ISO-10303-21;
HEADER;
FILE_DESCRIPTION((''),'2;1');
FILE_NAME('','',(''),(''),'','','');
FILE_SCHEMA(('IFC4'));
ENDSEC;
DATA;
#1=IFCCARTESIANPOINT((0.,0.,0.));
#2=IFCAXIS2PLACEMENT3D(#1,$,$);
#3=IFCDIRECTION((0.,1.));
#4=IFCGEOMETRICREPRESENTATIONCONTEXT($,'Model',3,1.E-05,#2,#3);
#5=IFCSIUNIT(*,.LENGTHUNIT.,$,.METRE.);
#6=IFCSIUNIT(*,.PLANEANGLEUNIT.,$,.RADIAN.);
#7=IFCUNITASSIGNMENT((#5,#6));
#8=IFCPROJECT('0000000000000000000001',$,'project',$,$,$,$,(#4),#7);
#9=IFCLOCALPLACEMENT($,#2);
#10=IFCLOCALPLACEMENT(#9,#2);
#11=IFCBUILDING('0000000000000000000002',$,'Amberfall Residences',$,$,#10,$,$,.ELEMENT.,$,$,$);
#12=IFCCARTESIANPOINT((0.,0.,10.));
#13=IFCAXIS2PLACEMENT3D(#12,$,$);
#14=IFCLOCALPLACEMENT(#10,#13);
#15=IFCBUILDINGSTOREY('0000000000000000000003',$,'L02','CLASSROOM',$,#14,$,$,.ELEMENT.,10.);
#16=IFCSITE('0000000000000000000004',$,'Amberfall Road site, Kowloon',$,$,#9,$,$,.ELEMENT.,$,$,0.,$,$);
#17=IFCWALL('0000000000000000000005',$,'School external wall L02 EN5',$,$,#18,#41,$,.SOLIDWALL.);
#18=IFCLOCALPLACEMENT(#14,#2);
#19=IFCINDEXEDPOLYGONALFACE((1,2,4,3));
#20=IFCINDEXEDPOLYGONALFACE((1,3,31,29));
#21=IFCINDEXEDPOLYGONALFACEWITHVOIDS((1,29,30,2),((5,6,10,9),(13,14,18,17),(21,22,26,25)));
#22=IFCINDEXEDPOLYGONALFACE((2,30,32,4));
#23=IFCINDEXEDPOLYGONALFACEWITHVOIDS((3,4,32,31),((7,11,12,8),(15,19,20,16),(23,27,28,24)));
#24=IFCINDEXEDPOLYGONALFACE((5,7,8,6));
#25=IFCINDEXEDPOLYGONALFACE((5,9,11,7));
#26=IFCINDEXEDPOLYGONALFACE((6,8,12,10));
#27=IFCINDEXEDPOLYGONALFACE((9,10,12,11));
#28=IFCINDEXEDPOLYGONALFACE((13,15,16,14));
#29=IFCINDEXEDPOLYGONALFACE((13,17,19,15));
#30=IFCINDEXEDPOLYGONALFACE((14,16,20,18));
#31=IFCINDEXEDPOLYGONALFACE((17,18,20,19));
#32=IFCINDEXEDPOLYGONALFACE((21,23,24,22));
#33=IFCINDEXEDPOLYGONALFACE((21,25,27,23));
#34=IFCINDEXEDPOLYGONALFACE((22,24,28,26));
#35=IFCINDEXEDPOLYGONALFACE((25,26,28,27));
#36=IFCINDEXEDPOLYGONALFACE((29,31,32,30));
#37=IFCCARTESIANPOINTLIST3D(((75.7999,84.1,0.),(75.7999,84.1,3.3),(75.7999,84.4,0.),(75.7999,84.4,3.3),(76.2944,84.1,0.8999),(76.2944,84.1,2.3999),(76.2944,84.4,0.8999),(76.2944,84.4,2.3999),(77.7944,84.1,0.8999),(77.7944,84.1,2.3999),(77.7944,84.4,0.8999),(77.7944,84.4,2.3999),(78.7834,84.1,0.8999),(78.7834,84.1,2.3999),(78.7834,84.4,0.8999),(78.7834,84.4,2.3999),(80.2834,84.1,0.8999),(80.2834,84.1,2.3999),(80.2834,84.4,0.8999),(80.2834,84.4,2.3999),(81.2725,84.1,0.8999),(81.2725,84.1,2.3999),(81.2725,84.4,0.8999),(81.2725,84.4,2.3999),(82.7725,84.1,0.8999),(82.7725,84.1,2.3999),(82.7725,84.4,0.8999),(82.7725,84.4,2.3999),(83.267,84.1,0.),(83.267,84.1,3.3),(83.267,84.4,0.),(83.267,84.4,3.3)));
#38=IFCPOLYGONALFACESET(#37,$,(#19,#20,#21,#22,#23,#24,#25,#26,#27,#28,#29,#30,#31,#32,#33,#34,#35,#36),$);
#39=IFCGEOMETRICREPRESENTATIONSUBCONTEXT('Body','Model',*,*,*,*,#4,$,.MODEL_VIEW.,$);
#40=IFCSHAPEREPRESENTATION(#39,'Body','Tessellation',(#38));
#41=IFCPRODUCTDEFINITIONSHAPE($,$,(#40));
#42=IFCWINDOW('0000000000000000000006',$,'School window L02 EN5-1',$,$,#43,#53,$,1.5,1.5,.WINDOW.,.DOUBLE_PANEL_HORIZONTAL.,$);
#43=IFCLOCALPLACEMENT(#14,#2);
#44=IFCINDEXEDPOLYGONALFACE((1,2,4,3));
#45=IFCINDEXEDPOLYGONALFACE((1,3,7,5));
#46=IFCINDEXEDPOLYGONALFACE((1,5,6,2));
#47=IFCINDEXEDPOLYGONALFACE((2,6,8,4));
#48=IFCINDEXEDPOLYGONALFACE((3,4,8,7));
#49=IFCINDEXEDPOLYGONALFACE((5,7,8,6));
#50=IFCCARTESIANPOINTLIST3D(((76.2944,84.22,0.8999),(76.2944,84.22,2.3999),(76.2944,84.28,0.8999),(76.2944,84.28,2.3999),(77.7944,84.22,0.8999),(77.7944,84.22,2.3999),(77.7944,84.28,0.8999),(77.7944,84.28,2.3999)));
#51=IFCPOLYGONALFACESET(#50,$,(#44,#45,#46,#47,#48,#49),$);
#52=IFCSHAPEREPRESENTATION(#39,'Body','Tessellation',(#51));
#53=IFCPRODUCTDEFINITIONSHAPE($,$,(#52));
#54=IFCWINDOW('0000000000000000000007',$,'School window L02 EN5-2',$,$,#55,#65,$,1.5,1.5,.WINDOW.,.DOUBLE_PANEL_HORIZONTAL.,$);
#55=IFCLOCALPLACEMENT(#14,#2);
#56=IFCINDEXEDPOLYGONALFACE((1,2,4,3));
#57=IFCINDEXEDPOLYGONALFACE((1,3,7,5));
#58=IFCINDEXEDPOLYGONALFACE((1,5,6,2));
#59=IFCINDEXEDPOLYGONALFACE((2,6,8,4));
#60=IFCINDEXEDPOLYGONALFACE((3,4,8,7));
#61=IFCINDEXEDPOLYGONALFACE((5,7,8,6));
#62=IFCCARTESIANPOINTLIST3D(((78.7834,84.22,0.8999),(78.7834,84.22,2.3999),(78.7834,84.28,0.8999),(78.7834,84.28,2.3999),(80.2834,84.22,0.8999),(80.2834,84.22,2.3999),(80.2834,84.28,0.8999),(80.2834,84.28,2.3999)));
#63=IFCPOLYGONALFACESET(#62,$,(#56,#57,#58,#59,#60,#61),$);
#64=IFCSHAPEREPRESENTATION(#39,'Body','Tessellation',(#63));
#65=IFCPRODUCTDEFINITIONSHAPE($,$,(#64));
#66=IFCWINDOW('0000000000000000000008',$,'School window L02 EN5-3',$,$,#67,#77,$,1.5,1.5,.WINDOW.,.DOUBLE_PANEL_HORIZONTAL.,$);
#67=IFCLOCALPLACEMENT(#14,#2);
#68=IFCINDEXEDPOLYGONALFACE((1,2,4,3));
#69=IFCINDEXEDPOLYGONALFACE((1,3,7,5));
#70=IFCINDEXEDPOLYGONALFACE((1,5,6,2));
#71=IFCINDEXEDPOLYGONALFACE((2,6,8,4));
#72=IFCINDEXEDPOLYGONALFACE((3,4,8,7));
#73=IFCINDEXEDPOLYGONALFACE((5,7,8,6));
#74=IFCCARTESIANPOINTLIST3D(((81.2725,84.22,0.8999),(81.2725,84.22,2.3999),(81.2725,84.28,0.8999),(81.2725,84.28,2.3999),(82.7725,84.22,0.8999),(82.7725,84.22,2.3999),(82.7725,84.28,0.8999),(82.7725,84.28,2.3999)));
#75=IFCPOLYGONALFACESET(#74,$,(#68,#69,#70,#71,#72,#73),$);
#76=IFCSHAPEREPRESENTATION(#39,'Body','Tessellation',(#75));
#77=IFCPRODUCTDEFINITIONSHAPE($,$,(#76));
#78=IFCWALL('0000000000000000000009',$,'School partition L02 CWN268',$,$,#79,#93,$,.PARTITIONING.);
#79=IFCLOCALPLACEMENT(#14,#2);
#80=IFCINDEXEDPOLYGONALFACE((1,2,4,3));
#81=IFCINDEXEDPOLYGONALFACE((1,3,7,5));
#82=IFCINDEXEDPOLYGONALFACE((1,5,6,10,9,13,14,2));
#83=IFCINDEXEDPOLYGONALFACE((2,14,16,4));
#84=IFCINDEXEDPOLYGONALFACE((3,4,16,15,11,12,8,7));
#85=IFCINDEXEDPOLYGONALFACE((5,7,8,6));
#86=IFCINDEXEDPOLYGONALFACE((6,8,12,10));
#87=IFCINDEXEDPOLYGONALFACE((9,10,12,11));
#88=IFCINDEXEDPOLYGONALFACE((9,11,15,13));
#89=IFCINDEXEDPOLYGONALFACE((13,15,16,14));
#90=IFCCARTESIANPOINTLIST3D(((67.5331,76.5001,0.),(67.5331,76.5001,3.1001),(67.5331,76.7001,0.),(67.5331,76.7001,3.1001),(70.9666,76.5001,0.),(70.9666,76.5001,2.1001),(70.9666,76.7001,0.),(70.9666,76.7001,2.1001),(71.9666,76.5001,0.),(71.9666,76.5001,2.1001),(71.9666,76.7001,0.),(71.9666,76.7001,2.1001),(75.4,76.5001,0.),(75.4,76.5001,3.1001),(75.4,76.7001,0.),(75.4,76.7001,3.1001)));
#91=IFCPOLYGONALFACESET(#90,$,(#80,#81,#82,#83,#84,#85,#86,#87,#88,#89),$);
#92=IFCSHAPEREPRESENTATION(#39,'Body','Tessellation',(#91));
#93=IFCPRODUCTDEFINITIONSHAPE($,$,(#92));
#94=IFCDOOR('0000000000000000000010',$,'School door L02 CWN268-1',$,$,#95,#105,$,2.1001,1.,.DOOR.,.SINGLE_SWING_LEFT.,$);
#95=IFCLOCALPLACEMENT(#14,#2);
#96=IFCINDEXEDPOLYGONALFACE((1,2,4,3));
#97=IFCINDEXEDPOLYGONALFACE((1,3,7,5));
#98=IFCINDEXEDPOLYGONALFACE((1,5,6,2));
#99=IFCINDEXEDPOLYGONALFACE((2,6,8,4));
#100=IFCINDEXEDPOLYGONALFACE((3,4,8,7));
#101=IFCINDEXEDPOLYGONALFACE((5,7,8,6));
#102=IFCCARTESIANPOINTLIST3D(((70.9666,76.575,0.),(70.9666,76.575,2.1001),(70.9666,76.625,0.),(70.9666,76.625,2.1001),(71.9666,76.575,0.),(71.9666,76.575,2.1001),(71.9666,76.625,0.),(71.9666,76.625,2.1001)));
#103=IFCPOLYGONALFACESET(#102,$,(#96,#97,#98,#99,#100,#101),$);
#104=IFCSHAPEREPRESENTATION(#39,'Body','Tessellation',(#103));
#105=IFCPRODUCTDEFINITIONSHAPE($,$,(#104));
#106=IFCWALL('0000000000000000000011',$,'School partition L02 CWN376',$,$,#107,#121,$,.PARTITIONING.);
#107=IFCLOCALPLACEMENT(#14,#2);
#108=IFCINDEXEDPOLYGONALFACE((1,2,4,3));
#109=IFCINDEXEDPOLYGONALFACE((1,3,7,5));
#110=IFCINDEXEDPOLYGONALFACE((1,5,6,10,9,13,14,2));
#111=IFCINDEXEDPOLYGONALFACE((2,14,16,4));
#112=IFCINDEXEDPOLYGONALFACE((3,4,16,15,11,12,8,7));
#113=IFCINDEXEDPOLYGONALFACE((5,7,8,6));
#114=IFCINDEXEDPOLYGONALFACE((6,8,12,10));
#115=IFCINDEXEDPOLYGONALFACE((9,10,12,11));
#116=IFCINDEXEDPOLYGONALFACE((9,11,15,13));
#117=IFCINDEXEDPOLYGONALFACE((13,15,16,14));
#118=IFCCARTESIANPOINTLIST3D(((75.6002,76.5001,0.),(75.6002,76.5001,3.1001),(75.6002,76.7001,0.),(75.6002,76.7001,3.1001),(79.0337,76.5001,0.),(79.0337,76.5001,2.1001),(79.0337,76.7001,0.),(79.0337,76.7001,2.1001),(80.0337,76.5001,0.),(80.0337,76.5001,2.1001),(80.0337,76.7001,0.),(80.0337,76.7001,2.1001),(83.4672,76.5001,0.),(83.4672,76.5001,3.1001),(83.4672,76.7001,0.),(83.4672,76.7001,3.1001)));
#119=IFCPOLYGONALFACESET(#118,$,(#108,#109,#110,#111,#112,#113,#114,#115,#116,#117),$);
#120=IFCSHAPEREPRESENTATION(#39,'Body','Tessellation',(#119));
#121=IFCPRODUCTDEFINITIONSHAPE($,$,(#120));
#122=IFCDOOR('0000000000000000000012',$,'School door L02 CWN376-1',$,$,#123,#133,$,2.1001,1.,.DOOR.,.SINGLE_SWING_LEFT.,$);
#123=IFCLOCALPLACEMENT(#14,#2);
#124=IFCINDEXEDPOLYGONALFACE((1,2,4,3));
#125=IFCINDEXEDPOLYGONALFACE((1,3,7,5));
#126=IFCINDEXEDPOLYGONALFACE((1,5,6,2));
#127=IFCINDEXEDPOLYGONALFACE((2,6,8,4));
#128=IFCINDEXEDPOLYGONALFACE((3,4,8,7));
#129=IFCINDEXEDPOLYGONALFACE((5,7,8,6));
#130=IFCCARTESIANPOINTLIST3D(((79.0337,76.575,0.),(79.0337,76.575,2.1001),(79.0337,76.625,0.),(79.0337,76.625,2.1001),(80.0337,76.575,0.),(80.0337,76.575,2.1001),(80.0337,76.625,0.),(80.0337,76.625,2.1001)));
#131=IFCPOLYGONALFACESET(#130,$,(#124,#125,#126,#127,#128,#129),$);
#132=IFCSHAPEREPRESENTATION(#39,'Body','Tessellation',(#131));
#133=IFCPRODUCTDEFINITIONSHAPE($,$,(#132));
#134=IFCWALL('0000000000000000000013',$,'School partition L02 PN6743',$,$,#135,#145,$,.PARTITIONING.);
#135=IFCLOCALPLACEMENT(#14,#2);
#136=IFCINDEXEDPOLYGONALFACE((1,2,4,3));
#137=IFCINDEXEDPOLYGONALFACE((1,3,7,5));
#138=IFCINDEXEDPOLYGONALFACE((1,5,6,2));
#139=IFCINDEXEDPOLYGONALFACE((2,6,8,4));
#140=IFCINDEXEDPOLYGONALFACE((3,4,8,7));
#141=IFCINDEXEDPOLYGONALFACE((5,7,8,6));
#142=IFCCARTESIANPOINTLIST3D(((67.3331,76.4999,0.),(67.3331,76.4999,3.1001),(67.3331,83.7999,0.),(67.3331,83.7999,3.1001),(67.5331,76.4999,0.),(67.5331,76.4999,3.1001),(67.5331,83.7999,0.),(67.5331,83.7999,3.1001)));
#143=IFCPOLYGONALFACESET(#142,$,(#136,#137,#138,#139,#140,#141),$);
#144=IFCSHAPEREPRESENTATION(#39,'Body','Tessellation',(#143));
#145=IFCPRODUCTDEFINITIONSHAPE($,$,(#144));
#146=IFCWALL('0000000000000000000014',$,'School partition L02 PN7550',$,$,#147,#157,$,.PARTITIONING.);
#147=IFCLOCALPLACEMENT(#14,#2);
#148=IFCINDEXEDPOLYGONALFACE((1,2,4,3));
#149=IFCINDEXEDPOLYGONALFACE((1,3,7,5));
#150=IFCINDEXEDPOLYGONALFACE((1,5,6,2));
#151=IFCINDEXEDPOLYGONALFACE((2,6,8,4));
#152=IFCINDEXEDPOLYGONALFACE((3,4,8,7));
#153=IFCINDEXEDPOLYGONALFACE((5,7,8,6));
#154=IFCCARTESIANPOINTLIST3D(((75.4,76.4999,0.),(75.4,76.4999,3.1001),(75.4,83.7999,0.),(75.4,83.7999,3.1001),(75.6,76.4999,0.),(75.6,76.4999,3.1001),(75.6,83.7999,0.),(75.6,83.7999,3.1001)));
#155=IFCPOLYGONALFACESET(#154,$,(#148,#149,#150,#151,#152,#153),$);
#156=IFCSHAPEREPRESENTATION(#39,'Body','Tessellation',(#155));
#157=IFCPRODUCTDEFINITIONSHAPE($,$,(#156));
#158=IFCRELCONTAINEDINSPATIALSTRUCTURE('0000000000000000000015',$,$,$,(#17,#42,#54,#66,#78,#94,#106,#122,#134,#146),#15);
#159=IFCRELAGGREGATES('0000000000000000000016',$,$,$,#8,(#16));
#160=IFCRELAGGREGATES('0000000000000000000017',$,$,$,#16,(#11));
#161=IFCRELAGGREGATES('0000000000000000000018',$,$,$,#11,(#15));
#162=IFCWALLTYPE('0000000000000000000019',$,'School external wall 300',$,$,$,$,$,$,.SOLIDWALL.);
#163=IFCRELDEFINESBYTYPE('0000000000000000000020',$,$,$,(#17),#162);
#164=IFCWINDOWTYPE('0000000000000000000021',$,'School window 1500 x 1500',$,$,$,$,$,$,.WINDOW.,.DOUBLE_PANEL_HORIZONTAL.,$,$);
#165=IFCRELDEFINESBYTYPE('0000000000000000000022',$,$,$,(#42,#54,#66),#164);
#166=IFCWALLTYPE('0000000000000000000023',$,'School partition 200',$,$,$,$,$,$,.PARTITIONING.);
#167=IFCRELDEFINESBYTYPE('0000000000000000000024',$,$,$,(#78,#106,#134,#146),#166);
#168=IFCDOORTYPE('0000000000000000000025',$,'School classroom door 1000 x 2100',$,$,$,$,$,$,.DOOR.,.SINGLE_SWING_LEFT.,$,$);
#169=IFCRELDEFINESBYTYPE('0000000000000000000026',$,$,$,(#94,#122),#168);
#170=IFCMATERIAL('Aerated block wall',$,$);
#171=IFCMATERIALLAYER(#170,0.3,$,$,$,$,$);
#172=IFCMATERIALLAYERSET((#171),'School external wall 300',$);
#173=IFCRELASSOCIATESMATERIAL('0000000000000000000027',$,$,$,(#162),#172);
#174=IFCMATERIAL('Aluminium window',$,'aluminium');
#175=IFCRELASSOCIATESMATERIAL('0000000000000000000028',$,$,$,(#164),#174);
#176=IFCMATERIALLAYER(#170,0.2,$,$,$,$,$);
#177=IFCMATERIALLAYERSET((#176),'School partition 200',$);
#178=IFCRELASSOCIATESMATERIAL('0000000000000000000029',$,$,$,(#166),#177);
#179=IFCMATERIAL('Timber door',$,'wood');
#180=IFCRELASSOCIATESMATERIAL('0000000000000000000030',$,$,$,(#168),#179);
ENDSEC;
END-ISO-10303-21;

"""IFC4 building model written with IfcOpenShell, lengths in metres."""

from ifc_helpers import new_model, si_unit, direction, frame, frame_2d, origin, place, context, subcontext, project, spatial, rectangle, extrude, material, layer, layer_set, type_object, element, fill, save


model = new_model("IFC4")

# Units and contexts
model_context = context("Model", 3, precision=1e-05, world=origin(), true_north=direction((0.0, 1.0)))
body_context = subcontext(model_context, "Body", "Model", "MODEL_VIEW")
ifc_project = project(units=[si_unit("LENGTHUNIT", "METRE"), si_unit("PLANEANGLEUNIT", "RADIAN")], contexts=[model_context])

# Site, building, storey
site_placement = place(None, origin())
site = spatial("IfcSite", under=ifc_project, at=site_placement, Name="Amberfall Road site, Kowloon", CompositionType="ELEMENT", RefElevation=0.0)
building_placement = place(site_placement, origin())
building = spatial("IfcBuilding", under=site, at=building_placement, Name="Amberfall Residences", CompositionType="ELEMENT")
storey_placement = place(building_placement, frame((0.0, 0.0, 10.0)))
storey = spatial("IfcBuildingStorey", under=building, at=storey_placement, Name="L02", Description="CLASSROOM", CompositionType="ELEMENT", Elevation=10.0)

# Wall, openings, windows
ifc_material_1 = material(Name="Aerated block wall")
ifc_layer_1 = layer(ifc_material_1, 0.3)
ifc_layer_set_1 = layer_set([ifc_layer_1], Name="School external wall 300")
wall_type_1 = type_object("IfcWallType", Name="School external wall 300", PredefinedType="SOLIDWALL", material=ifc_layer_set_1)
ifc_material_2 = material(Name="Aluminium window", Category="aluminium")
window_type = type_object("IfcWindowType", Name="School window 1500 x 1500", PartitioningType="DOUBLE_PANEL_HORIZONTAL", PredefinedType="WINDOW", material=ifc_material_2)
wall_1_placement = place(storey_placement, frame((75.8, 84.25, 0.0), z_axis=(0.0, 0.0, 1.0), x_axis=(1.0, 0.0, 0.0)))
wall_1 = element("IfcWall", 1, at=wall_1_placement, inside=storey, type_object=wall_type_1, Name="School external wall L02 EN5", PredefinedType="SOLIDWALL", context=body_context, shape_type="SweptSolid", body=[
    extrude(rectangle(XDim=7.467, YDim=0.3, at=frame_2d((3.7334, 0.0))), origin(), (0.0, 0.0, 1.0), 3.3),
])
opening_1_placement = place(wall_1_placement, frame((0.4944, 0.0, 0.8999)))
opening_1 = element("IfcOpeningElement", 2, at=opening_1_placement, cuts=wall_1, PredefinedType="OPENING", context=body_context, shape_type="SweptSolid", body=[
    extrude(rectangle(XDim=1.5, YDim=1.5, at=frame_2d((0.75, 0.75))), frame((0.0, 0.1599, 0.0), z_axis=(0.0, -1.0, 0.0), x_axis=(1.0, 0.0, 0.0)), (0.0, 0.0, 1.0), 0.3201),
])
opening_2_placement = place(wall_1_placement, frame((2.9834, 0.0, 0.8999)))
opening_2 = element("IfcOpeningElement", 3, at=opening_2_placement, cuts=wall_1, PredefinedType="OPENING", context=body_context, shape_type="SweptSolid", body=[
    extrude(rectangle(XDim=1.5, YDim=1.5, at=frame_2d((0.75, 0.75))), frame((0.0, 0.1599, 0.0), z_axis=(0.0, -1.0, 0.0), x_axis=(1.0, 0.0, 0.0)), (0.0, 0.0, 1.0), 0.3201),
])
opening_3_placement = place(wall_1_placement, frame((5.4724, 0.0, 0.8999)))
opening_3 = element("IfcOpeningElement", 4, at=opening_3_placement, cuts=wall_1, PredefinedType="OPENING", context=body_context, shape_type="SweptSolid", body=[
    extrude(rectangle(XDim=1.5, YDim=1.5, at=frame_2d((0.75, 0.75))), frame((0.0, 0.1599, 0.0), z_axis=(0.0, -1.0, 0.0), x_axis=(1.0, 0.0, 0.0)), (0.0, 0.0, 1.0), 0.3201),
])
window_1_placement = place(opening_1_placement, origin())
window_1 = element("IfcWindow", 5, at=window_1_placement, inside=storey, type_object=window_type, Name="School window L02 EN5-1", OverallHeight=1.5, OverallWidth=1.5, PartitioningType="DOUBLE_PANEL_HORIZONTAL", PredefinedType="WINDOW", context=body_context, shape_type="SweptSolid", body=[
    extrude(rectangle(XDim=1.5, YDim=1.5, at=frame_2d((0.75, 0.75))), frame((0.0, 0.03, 0.0), z_axis=(0.0, -1.0, 0.0), x_axis=(1.0, 0.0, 0.0)), (0.0, 0.0, 1.0), 0.0601),
])
fill(opening_1, window_1)
window_2_placement = place(opening_2_placement, origin())
window_2 = element("IfcWindow", 6, at=window_2_placement, inside=storey, type_object=window_type, Name="School window L02 EN5-2", OverallHeight=1.5, OverallWidth=1.5, PartitioningType="DOUBLE_PANEL_HORIZONTAL", PredefinedType="WINDOW", context=body_context, shape_type="SweptSolid", body=[
    extrude(rectangle(XDim=1.5, YDim=1.5, at=frame_2d((0.75, 0.75))), frame((0.0, 0.03, 0.0), z_axis=(0.0, -1.0, 0.0), x_axis=(1.0, 0.0, 0.0)), (0.0, 0.0, 1.0), 0.0601),
])
fill(opening_2, window_2)
window_3_placement = place(opening_3_placement, origin())
window_3 = element("IfcWindow", 7, at=window_3_placement, inside=storey, type_object=window_type, Name="School window L02 EN5-3", OverallHeight=1.5, OverallWidth=1.5, PartitioningType="DOUBLE_PANEL_HORIZONTAL", PredefinedType="WINDOW", context=body_context, shape_type="SweptSolid", body=[
    extrude(rectangle(XDim=1.5, YDim=1.5, at=frame_2d((0.75, 0.75))), frame((0.0, 0.03, 0.0), z_axis=(0.0, -1.0, 0.0), x_axis=(1.0, 0.0, 0.0)), (0.0, 0.0, 1.0), 0.0601),
])
fill(opening_3, window_3)

# Walls, openings, doors
ifc_layer_2 = layer(ifc_material_1, 0.2)
ifc_layer_set_2 = layer_set([ifc_layer_2], Name="School partition 200")
wall_type_2 = type_object("IfcWallType", Name="School partition 200", PredefinedType="PARTITIONING", material=ifc_layer_set_2)
wall_2_placement = place(storey_placement, frame((67.533, 76.6001, 0.0), z_axis=(0.0, 0.0, 1.0), x_axis=(1.0, 0.0, 0.0)))
wall_2 = element("IfcWall", 8, at=wall_2_placement, inside=storey, type_object=wall_type_2, Name="School partition L02 CWN268", PredefinedType="PARTITIONING", context=body_context, shape_type="SweptSolid", body=[
    extrude(rectangle(XDim=7.8669, YDim=0.2, at=frame_2d((3.9336, 0.0))), origin(), (0.0, 0.0, 1.0), 3.1001),
])
opening_4_placement = place(wall_2_placement, frame((3.4336, 0.0, 0.0)))
opening_4 = element("IfcOpeningElement", 9, at=opening_4_placement, cuts=wall_2, PredefinedType="OPENING", context=body_context, shape_type="SweptSolid", body=[
    extrude(rectangle(XDim=1.0, YDim=2.1001, at=frame_2d((0.5, 1.05))), frame((0.0, 0.1099, 0.0), z_axis=(0.0, -1.0, 0.0), x_axis=(1.0, 0.0, 0.0)), (0.0, 0.0, 1.0), 0.22),
])
ifc_material_3 = material(Name="Timber door", Category="wood")
door_type_1 = type_object("IfcDoorType", Name="School classroom door 1000 x 2100", OperationType="SINGLE_SWING_LEFT", PredefinedType="DOOR", material=ifc_material_3)
door_1_placement = place(opening_4_placement, origin())
door_1 = element("IfcDoor", 10, at=door_1_placement, inside=storey, type_object=door_type_1, Name="School door L02 CWN268-1", OperationType="SINGLE_SWING_LEFT", OverallHeight=2.1001, OverallWidth=1.0, PredefinedType="DOOR", context=body_context, shape_type="SweptSolid", body=[
    extrude(rectangle(XDim=1.0, YDim=2.1001, at=frame_2d((0.5, 1.05))), frame((0.0, 0.0249, 0.0), z_axis=(0.0, -1.0, 0.0), x_axis=(1.0, 0.0, 0.0)), (0.0, 0.0, 1.0), 0.05),
])
fill(opening_4, door_1)
wall_3_placement = place(storey_placement, frame((75.6001, 76.6001, 0.0), z_axis=(0.0, 0.0, 1.0), x_axis=(1.0, 0.0, 0.0)))
wall_3 = element("IfcWall", 11, at=wall_3_placement, inside=storey, type_object=wall_type_2, Name="School partition L02 CWN376", PredefinedType="PARTITIONING", context=body_context, shape_type="SweptSolid", body=[
    extrude(rectangle(XDim=7.8669, YDim=0.2, at=frame_2d((3.9336, 0.0))), origin(), (0.0, 0.0, 1.0), 3.1001),
])
opening_5_placement = place(wall_3_placement, frame((3.4336, 0.0, 0.0)))
opening_5 = element("IfcOpeningElement", 12, at=opening_5_placement, cuts=wall_3, PredefinedType="OPENING", context=body_context, shape_type="SweptSolid", body=[
    extrude(rectangle(XDim=1.0, YDim=2.1001, at=frame_2d((0.5, 1.05))), frame((0.0, 0.1099, 0.0), z_axis=(0.0, -1.0, 0.0), x_axis=(1.0, 0.0, 0.0)), (0.0, 0.0, 1.0), 0.22),
])
door_2_placement = place(opening_5_placement, origin())
door_2 = element("IfcDoor", 13, at=door_2_placement, inside=storey, type_object=door_type_1, Name="School door L02 CWN376-1", OperationType="SINGLE_SWING_LEFT", OverallHeight=2.1001, OverallWidth=1.0, PredefinedType="DOOR", context=body_context, shape_type="SweptSolid", body=[
    extrude(rectangle(XDim=1.0, YDim=2.1001, at=frame_2d((0.5, 1.05))), frame((0.0, 0.0249, 0.0), z_axis=(0.0, -1.0, 0.0), x_axis=(1.0, 0.0, 0.0)), (0.0, 0.0, 1.0), 0.05),
])
fill(opening_5, door_2)

# Walls
for number, where, z_axis, x_axis, name in (
    (14, (67.4331, 76.5, 0.0), (0.0, 0.0, 1.0), (0.0, 1.0, 0.0), "School partition L02 PN6743"),
    (15, (75.5, 76.5, 0.0), (0.0, 0.0, 1.0), (0.0, 1.0, 0.0), "School partition L02 PN7550"),
):
    element("IfcWall", number, at=place(storey_placement, frame(where, z_axis=z_axis, x_axis=x_axis)), inside=storey, type_object=wall_type_2, Name=name, PredefinedType="PARTITIONING", context=body_context, shape_type="SweptSolid", body=[
        extrude(rectangle(XDim=7.3, YDim=0.2, at=frame_2d((3.6499, 0.0))), origin(), (0.0, 0.0, 1.0), 3.1001),
    ])

save(model, "model.ifc")
